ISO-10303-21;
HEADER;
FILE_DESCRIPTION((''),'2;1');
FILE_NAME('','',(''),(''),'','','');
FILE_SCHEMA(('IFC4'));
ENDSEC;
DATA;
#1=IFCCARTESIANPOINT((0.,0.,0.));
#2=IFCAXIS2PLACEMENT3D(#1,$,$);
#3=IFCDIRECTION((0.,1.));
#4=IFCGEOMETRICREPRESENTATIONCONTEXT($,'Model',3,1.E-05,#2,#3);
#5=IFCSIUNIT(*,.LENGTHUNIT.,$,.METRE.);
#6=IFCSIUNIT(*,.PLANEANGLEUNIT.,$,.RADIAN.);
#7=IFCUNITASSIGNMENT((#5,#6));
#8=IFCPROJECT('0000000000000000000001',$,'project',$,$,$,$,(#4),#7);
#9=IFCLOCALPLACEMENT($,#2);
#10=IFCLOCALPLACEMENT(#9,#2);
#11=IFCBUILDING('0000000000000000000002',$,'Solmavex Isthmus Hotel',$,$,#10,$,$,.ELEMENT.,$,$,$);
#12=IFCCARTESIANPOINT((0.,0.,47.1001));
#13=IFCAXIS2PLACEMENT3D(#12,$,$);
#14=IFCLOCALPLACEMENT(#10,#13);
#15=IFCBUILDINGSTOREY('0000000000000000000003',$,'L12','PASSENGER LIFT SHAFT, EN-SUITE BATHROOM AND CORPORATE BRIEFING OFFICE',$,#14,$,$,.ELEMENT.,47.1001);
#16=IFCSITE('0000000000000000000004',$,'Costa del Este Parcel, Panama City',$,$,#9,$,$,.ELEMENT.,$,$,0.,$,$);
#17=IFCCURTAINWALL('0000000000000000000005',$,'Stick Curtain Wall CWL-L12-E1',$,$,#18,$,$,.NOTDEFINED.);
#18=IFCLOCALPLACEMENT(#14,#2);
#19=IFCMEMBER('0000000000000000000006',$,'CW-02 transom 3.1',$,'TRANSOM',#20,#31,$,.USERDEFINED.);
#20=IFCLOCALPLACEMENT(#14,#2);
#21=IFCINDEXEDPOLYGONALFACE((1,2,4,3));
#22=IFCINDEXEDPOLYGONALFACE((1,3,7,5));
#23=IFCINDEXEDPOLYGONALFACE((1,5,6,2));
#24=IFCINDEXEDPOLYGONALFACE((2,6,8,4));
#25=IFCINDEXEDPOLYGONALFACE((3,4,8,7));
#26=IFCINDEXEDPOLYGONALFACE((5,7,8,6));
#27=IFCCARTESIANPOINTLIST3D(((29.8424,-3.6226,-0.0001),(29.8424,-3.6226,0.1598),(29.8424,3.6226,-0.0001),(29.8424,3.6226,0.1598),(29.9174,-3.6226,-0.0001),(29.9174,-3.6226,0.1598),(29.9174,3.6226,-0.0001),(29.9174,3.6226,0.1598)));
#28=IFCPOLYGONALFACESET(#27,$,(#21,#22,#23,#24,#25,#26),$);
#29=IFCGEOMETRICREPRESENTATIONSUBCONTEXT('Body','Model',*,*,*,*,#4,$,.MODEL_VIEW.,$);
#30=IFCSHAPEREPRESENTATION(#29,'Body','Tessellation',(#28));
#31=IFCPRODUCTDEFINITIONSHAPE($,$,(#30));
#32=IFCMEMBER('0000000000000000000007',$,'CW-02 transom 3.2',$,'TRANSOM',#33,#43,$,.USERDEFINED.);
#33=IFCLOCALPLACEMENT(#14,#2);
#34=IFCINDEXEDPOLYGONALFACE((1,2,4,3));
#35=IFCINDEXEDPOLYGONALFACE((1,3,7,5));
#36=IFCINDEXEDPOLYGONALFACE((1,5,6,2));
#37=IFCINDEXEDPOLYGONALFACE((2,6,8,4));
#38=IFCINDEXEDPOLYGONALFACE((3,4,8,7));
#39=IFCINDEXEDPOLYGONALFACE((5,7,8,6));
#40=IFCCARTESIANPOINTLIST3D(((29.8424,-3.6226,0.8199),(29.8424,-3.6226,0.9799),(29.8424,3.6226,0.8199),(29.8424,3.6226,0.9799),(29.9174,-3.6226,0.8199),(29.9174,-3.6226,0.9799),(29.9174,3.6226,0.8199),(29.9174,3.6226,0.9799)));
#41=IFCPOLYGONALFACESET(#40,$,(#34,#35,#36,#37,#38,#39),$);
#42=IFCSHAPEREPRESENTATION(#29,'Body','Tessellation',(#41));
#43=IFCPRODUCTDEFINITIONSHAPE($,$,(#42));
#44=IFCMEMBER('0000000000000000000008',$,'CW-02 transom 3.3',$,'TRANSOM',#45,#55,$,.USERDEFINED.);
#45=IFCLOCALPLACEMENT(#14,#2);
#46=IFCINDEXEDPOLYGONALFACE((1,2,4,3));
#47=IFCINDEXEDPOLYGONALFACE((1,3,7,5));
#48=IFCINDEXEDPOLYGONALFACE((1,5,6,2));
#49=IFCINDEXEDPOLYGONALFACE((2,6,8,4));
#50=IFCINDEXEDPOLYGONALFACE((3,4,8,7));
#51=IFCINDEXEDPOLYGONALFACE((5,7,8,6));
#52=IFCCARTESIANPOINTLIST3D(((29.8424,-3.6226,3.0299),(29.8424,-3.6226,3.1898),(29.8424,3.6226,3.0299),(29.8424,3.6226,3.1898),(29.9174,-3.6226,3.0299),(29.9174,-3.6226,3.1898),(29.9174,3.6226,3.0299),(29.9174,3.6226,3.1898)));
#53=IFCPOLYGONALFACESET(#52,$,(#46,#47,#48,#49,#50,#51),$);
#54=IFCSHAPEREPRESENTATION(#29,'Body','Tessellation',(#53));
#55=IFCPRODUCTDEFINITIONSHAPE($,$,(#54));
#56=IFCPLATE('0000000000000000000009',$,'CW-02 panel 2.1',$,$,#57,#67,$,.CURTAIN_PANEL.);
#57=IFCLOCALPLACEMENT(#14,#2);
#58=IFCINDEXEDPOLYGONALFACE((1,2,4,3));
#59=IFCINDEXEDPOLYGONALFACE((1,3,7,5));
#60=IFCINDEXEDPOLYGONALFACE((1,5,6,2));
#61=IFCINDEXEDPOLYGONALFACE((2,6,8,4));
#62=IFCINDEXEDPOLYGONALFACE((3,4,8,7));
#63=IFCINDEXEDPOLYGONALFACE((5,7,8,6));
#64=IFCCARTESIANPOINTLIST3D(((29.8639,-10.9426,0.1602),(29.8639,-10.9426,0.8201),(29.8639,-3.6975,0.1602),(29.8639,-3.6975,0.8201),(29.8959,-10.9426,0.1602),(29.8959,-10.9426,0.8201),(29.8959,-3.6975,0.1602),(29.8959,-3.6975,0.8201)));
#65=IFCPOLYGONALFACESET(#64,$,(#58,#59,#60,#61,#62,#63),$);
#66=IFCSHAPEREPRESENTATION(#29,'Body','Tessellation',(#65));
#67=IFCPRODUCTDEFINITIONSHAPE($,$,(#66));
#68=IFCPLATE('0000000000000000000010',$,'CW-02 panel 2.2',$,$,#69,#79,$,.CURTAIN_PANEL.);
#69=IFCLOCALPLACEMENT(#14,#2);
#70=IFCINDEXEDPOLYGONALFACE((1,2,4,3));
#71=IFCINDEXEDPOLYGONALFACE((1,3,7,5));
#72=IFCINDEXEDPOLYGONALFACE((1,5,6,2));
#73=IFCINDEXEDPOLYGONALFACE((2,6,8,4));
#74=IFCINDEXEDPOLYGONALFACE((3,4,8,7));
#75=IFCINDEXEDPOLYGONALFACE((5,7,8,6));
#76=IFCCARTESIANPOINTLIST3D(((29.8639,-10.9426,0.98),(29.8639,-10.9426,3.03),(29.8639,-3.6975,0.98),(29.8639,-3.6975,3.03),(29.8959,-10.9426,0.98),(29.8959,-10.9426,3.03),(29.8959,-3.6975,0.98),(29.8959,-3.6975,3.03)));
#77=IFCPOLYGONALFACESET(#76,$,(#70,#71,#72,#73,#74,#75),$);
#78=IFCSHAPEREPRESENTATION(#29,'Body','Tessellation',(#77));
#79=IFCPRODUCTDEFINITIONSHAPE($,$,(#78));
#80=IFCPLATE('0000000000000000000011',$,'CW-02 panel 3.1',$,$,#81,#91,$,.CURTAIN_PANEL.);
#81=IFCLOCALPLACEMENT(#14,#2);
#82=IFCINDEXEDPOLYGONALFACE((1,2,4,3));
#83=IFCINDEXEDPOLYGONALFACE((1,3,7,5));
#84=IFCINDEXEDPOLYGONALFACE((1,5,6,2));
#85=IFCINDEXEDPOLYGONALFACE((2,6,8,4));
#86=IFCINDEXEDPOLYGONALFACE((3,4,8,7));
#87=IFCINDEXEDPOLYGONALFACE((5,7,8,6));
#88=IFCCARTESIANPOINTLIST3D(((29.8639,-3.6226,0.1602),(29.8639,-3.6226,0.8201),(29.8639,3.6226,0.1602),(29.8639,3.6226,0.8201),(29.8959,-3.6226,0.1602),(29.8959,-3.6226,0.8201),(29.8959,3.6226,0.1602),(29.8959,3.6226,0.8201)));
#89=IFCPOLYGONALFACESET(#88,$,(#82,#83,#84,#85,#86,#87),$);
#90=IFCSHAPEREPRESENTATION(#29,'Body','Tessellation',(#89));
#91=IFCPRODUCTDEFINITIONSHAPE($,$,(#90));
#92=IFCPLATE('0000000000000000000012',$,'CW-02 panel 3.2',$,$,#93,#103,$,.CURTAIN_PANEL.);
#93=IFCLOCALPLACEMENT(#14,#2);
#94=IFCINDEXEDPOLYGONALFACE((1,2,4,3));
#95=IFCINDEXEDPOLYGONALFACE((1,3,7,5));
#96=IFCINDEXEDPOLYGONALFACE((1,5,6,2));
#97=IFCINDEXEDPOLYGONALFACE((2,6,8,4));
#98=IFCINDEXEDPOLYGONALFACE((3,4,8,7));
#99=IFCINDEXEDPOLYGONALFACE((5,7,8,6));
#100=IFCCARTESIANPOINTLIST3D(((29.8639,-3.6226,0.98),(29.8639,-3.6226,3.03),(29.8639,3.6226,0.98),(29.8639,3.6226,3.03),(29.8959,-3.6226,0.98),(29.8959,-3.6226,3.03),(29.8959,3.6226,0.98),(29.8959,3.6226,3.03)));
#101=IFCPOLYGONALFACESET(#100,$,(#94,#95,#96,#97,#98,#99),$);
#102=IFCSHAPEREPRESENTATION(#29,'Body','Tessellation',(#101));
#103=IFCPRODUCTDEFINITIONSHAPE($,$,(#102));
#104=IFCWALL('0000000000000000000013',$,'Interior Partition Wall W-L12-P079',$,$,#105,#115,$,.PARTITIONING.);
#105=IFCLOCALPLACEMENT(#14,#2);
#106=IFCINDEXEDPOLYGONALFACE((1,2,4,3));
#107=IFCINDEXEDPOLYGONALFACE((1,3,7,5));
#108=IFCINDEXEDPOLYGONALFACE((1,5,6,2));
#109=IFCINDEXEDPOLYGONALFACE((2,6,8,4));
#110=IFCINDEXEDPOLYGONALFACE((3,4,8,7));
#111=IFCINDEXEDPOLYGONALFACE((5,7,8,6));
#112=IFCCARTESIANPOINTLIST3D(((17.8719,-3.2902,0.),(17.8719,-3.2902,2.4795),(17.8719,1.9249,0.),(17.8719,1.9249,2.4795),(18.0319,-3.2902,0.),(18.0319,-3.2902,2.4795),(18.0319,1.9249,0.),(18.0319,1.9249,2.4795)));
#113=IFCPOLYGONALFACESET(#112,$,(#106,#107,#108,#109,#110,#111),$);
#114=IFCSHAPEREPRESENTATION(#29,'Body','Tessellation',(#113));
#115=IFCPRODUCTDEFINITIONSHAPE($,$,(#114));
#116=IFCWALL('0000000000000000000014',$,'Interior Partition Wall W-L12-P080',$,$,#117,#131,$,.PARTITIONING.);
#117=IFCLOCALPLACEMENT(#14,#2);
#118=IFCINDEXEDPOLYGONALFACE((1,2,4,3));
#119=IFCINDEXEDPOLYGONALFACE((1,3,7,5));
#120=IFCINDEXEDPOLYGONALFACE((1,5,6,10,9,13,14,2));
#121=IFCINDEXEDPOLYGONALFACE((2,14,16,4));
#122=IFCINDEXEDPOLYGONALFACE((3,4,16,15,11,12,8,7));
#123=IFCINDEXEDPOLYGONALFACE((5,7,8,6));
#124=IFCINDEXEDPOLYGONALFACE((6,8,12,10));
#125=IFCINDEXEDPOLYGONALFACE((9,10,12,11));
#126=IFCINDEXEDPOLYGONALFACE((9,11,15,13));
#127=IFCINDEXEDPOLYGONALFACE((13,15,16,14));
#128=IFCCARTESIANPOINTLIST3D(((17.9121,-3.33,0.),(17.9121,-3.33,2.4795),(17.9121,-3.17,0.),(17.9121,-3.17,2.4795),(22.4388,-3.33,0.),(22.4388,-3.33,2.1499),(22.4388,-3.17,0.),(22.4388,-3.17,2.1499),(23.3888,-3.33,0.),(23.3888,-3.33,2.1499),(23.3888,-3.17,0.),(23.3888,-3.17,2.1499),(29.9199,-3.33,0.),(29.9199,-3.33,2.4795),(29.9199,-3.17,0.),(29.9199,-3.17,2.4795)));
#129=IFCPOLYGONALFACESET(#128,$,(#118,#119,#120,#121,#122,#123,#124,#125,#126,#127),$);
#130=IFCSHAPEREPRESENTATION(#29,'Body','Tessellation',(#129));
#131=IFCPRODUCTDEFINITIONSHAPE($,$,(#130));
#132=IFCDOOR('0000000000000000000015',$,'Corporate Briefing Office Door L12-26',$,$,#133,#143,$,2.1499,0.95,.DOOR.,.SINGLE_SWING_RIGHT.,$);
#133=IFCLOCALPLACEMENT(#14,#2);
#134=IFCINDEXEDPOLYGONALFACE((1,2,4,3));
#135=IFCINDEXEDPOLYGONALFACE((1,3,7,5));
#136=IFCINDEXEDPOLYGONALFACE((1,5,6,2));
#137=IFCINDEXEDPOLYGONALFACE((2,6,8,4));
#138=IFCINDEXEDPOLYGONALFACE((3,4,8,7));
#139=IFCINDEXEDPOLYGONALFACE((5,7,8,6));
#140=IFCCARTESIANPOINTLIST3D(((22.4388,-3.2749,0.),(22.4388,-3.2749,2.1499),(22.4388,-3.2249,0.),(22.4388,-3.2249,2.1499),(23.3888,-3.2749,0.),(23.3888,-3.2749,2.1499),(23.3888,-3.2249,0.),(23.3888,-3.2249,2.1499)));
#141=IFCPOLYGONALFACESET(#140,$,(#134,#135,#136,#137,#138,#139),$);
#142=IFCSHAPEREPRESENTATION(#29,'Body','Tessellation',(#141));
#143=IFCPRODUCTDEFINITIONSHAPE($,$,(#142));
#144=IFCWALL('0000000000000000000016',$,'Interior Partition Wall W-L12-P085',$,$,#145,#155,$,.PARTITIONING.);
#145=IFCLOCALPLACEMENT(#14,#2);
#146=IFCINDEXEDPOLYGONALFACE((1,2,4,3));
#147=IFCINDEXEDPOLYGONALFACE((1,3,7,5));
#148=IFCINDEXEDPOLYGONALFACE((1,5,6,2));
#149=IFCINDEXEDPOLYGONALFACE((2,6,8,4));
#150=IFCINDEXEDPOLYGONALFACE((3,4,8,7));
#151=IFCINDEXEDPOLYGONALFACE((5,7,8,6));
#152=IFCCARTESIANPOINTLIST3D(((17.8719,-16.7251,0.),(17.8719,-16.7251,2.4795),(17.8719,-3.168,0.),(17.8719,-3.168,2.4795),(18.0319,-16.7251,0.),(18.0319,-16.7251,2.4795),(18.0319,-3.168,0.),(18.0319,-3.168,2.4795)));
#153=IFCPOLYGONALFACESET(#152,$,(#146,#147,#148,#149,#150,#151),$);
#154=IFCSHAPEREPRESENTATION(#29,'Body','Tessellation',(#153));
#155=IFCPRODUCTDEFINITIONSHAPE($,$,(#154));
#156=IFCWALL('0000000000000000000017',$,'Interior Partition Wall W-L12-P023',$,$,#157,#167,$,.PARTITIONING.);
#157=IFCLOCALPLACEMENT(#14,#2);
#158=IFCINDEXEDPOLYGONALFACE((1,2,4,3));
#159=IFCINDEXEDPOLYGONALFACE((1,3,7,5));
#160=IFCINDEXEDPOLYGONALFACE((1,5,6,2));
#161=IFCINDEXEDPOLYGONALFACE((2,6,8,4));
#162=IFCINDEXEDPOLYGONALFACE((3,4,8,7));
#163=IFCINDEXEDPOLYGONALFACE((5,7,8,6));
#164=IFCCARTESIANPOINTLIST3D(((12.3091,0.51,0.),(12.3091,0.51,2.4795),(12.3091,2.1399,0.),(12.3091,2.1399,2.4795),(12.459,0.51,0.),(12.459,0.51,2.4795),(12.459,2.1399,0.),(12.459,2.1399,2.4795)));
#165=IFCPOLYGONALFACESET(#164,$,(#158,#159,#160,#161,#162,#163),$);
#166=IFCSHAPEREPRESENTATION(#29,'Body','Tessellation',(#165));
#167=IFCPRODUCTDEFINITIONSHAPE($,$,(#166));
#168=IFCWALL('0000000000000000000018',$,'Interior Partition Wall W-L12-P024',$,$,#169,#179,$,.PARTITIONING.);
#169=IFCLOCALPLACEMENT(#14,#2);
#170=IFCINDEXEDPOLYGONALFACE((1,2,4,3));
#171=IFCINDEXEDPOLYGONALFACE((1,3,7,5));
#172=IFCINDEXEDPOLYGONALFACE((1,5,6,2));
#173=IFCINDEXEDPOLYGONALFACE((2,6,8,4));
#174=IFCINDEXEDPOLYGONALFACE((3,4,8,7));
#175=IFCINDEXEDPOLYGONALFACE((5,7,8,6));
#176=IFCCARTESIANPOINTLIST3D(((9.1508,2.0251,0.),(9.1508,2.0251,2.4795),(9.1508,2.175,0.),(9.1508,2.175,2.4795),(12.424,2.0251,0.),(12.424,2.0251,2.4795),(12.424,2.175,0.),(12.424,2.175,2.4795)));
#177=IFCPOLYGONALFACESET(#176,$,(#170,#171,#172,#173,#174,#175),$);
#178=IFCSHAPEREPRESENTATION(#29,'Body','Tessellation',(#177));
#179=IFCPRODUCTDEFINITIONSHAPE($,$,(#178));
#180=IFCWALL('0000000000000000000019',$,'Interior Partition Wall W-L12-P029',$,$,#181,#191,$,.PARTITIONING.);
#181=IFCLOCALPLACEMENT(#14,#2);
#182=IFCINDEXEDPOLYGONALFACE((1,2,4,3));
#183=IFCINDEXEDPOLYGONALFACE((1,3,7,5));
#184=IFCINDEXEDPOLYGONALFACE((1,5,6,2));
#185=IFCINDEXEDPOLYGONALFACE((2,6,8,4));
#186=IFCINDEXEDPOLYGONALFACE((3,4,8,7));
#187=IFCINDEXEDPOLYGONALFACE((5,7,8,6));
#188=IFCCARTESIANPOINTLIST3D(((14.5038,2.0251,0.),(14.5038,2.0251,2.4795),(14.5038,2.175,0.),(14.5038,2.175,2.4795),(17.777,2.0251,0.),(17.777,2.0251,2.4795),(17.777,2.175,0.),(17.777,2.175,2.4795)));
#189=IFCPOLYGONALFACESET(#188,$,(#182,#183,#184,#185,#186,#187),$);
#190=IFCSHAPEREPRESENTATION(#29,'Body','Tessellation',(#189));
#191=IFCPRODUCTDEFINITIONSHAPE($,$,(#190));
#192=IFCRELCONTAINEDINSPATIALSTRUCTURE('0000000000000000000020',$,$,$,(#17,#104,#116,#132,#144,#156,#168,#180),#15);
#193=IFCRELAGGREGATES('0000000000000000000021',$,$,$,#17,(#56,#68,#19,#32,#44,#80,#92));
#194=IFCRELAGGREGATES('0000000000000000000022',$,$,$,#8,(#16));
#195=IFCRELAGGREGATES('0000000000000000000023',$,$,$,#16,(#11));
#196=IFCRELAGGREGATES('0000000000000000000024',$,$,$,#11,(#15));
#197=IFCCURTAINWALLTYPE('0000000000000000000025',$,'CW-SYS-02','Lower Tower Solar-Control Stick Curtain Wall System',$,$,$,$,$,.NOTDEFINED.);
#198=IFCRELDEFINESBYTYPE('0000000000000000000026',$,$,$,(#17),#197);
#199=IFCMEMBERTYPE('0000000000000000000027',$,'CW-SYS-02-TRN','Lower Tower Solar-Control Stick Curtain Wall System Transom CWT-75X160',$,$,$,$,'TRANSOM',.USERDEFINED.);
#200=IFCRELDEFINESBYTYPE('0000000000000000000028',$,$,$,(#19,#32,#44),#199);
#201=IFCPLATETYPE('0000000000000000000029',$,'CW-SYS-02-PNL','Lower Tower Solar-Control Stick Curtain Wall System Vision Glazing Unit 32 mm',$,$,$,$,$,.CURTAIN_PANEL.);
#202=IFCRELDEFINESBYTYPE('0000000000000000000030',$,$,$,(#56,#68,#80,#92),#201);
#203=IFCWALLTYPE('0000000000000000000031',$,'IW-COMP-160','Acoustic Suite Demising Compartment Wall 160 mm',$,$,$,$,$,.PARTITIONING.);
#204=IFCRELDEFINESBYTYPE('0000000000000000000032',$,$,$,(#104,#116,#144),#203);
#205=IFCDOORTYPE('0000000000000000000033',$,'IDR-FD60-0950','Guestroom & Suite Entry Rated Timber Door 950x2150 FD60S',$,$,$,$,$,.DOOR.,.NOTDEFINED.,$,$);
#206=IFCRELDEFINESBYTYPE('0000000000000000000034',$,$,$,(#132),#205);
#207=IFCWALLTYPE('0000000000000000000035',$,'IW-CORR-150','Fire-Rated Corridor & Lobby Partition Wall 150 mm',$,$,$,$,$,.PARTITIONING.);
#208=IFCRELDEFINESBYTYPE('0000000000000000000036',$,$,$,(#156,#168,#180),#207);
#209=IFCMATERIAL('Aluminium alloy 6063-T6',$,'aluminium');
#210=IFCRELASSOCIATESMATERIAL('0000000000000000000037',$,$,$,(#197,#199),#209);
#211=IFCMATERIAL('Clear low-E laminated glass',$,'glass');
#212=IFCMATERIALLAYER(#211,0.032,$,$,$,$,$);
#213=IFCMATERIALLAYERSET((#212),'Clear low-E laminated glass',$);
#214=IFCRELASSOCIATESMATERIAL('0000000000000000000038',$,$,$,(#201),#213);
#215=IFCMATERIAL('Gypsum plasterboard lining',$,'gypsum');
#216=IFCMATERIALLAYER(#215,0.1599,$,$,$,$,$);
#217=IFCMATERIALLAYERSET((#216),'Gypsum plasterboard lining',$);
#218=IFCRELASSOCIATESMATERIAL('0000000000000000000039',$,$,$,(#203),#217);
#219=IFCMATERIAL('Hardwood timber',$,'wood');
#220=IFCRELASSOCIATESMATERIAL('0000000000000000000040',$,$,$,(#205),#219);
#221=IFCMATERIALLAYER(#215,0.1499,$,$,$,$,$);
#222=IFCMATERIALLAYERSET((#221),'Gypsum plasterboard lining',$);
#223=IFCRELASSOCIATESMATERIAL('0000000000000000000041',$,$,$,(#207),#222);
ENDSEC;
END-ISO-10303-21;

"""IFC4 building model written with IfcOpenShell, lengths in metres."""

from ifc_helpers import new_model, si_unit, direction, frame, frame_2d, origin, origin_2d, place, context, subcontext, project, spatial, rectangle, extrude, material, layer, layer_set, material_profile, profile_set, type_object, element, fill, aggregate, save


model = new_model("IFC4")

# Units and contexts
model_context = context("Model", 3, precision=1e-05, world=origin(), true_north=direction((0.0, 1.0)))
body_context = subcontext(model_context, "Body", "Model", "MODEL_VIEW")
ifc_project = project(units=[si_unit("LENGTHUNIT", "METRE"), si_unit("PLANEANGLEUNIT", "RADIAN")], contexts=[model_context])

# Site, building, storey
site_placement = place(None, origin())
site = spatial("IfcSite", under=ifc_project, at=site_placement, Name="Costa del Este Parcel, Panama City", CompositionType="ELEMENT", RefElevation=0.0)
building_placement = place(site_placement, origin())
building = spatial("IfcBuilding", under=site, at=building_placement, Name="Solmavex Isthmus Hotel", CompositionType="ELEMENT")
storey_placement = place(building_placement, frame((0.0, 0.0, 47.1001)))
storey = spatial("IfcBuildingStorey", under=building, at=storey_placement, Name="L12", Description="PASSENGER LIFT SHAFT, EN-SUITE BATHROOM AND CORPORATE BRIEFING OFFICE", CompositionType="ELEMENT", Elevation=47.1001)

# Curtain wall, members, plates
ifc_material_1 = material(Name="Aluminium alloy 6063-T6", Category="aluminium")
curtain_wall_type = type_object("IfcCurtainWallType", Name="CW-SYS-02", Description="Lower Tower Solar-Control Stick Curtain Wall System", PredefinedType="NOTDEFINED", material=ifc_material_1)
curtain_wall_placement = place(storey_placement, origin())
curtain_wall = element("IfcCurtainWall", 1, at=curtain_wall_placement, inside=storey, type_object=curtain_wall_type, Name="Stick Curtain Wall CWL-L12-E1", PredefinedType="NOTDEFINED")
ifc_material_profile_1 = material_profile(ifc_material_1, rectangle(XDim=0.075, YDim=0.1599, at=origin_2d()), Name="CWT-75X160")
ifc_profile_set_1 = profile_set([ifc_material_profile_1], Name="Aluminium alloy 6063-T6")
member_type_1 = type_object("IfcMemberType", Name="CW-SYS-02-TRN", Description="Lower Tower Solar-Control Stick Curtain Wall System Transom CWT-75X160", ElementType="TRANSOM", PredefinedType="USERDEFINED", material=ifc_profile_set_1)
member_1_placement = place(storey_placement, frame((29.8799, -3.6226, 0.0798), z_axis=(0.0, 1.0, 0.0), x_axis=(-1.0, 0.0, 0.0)))
member_1 = element("IfcMember", 2, at=member_1_placement, type_object=member_type_1, Name="CW-02 transom 3.1", ObjectType="TRANSOM", PredefinedType="USERDEFINED", context=body_context, shape_type="SweptSolid", body=[
    extrude(rectangle(XDim=0.075, YDim=0.1599, at=origin_2d()), origin(), (0.0, 0.0, 1.0), 7.2451),
])
member_2_placement = place(storey_placement, frame((29.8799, -3.6226, 0.8999), z_axis=(0.0, 1.0, 0.0), x_axis=(-1.0, 0.0, 0.0)))
member_2 = element("IfcMember", 3, at=member_2_placement, type_object=member_type_1, Name="CW-02 transom 3.2", ObjectType="TRANSOM", PredefinedType="USERDEFINED", context=body_context, shape_type="SweptSolid", body=[
    extrude(rectangle(XDim=0.075, YDim=0.1599, at=origin_2d()), origin(), (0.0, 0.0, 1.0), 7.2451),
])
member_3_placement = place(storey_placement, frame((29.8799, -3.6226, 3.1099), z_axis=(0.0, 1.0, 0.0), x_axis=(-1.0, 0.0, 0.0)))
member_3 = element("IfcMember", 4, at=member_3_placement, type_object=member_type_1, Name="CW-02 transom 3.3", ObjectType="TRANSOM", PredefinedType="USERDEFINED", context=body_context, shape_type="SweptSolid", body=[
    extrude(rectangle(XDim=0.075, YDim=0.1599, at=origin_2d()), origin(), (0.0, 0.0, 1.0), 7.2451),
])
ifc_material_2 = material(Name="Clear low-E laminated glass", Category="glass")
ifc_layer_1 = layer(ifc_material_2, 0.032)
ifc_layer_set_1 = layer_set([ifc_layer_1], Name="Clear low-E laminated glass")
plate_type = type_object("IfcPlateType", Name="CW-SYS-02-PNL", Description="Lower Tower Solar-Control Stick Curtain Wall System Vision Glazing Unit 32 mm", PredefinedType="CURTAIN_PANEL", material=ifc_layer_set_1)
plate_1_placement = place(storey_placement, frame((29.8799, -7.3201, 0.1602), z_axis=(0.0, 0.0, 1.0), x_axis=(0.0, 1.0, 0.0)))
plate_1 = element("IfcPlate", 5, at=plate_1_placement, type_object=plate_type, Name="CW-02 panel 2.1", PredefinedType="CURTAIN_PANEL", context=body_context, shape_type="SweptSolid", body=[
    extrude(rectangle(XDim=7.2451, YDim=0.032, at=origin_2d()), origin(), (0.0, 0.0, 1.0), 0.6599),
])
plate_2_placement = place(storey_placement, frame((29.8799, -7.3201, 0.98), z_axis=(0.0, 0.0, 1.0), x_axis=(0.0, 1.0, 0.0)))
plate_2 = element("IfcPlate", 6, at=plate_2_placement, type_object=plate_type, Name="CW-02 panel 2.2", PredefinedType="CURTAIN_PANEL", context=body_context, shape_type="SweptSolid", body=[
    extrude(rectangle(XDim=7.2451, YDim=0.032, at=origin_2d()), origin(), (0.0, 0.0, 1.0), 2.05),
])
plate_3_placement = place(storey_placement, frame((29.8799, 0.0, 0.1602), z_axis=(0.0, 0.0, 1.0), x_axis=(0.0, 1.0, 0.0)))
plate_3 = element("IfcPlate", 7, at=plate_3_placement, type_object=plate_type, Name="CW-02 panel 3.1", PredefinedType="CURTAIN_PANEL", context=body_context, shape_type="SweptSolid", body=[
    extrude(rectangle(XDim=7.2451, YDim=0.032, at=origin_2d()), origin(), (0.0, 0.0, 1.0), 0.6599),
])
plate_4_placement = place(storey_placement, frame((29.8799, 0.0, 0.98), z_axis=(0.0, 0.0, 1.0), x_axis=(0.0, 1.0, 0.0)))
plate_4 = element("IfcPlate", 8, at=plate_4_placement, type_object=plate_type, Name="CW-02 panel 3.2", PredefinedType="CURTAIN_PANEL", context=body_context, shape_type="SweptSolid", body=[
    extrude(rectangle(XDim=7.2451, YDim=0.032, at=origin_2d()), origin(), (0.0, 0.0, 1.0), 2.05),
])
aggregate(curtain_wall, [plate_1, plate_2, member_1, member_2, member_3, plate_3, plate_4])

# Wall
ifc_material_3 = material(Name="Gypsum plasterboard lining", Category="gypsum")
ifc_layer_2 = layer(ifc_material_3, 0.1599)
ifc_layer_set_2 = layer_set([ifc_layer_2], Name="Gypsum plasterboard lining")
wall_type_1 = type_object("IfcWallType", Name="IW-COMP-160", Description="Acoustic Suite Demising Compartment Wall 160 mm", PredefinedType="PARTITIONING", material=ifc_layer_set_2)
wall_1_placement = place(storey_placement, frame((17.9519, -3.29, 0.0), z_axis=(0.0, 0.0, 1.0), x_axis=(0.0, 1.0, 0.0)))
element("IfcWall", 9, at=wall_1_placement, inside=storey, type_object=wall_type_1, Name="Interior Partition Wall W-L12-P079", PredefinedType="PARTITIONING", context=body_context, shape_type="SweptSolid", body=[
    extrude(rectangle(XDim=5.2151, YDim=0.1599, at=frame_2d((2.6074, 0.0))), origin(), (0.0, 0.0, 1.0), 2.4795),
])

# Wall, opening, door
wall_2_placement = place(storey_placement, frame((29.9199, -3.25, 0.0), z_axis=(0.0, 0.0, 1.0), x_axis=(-1.0, 0.0, 0.0)))
wall_2 = element("IfcWall", 10, at=wall_2_placement, inside=storey, type_object=wall_type_1, Name="Interior Partition Wall W-L12-P080", PredefinedType="PARTITIONING", context=body_context, shape_type="SweptSolid", body=[
    extrude(rectangle(XDim=12.0078, YDim=0.1599, at=frame_2d((6.0039, 0.0))), origin(), (0.0, 0.0, 1.0), 2.4795),
])
opening_1_placement = place(wall_2_placement, frame((6.531, 0.0, 0.0)))
opening_1 = element("IfcOpeningElement", 11, at=opening_1_placement, cuts=wall_2, PredefinedType="OPENING", context=body_context, shape_type="SweptSolid", body=[
    extrude(rectangle(XDim=0.95, YDim=2.1499, at=frame_2d((0.4751, 1.075))), frame((0.0, 0.0898, 0.0), z_axis=(0.0, -1.0, 0.0), x_axis=(1.0, 0.0, 0.0)), (0.0, 0.0, 1.0), 0.1799),
])
ifc_material_4 = material(Name="Hardwood timber", Category="wood")
door_type_1 = type_object("IfcDoorType", Name="IDR-FD60-0950", Description="Guestroom & Suite Entry Rated Timber Door 950x2150 FD60S", OperationType="NOTDEFINED", PredefinedType="DOOR", material=ifc_material_4)
door_1_placement = place(opening_1_placement, origin())
door_1 = element("IfcDoor", 12, at=door_1_placement, inside=storey, type_object=door_type_1, Name="Corporate Briefing Office Door L12-26", OperationType="SINGLE_SWING_RIGHT", OverallHeight=2.1499, OverallWidth=0.95, PredefinedType="DOOR", context=body_context, shape_type="SweptSolid", body=[
    extrude(rectangle(XDim=0.95, YDim=2.1499, at=frame_2d((0.4751, 1.075))), frame((0.0, 0.0249, 0.0), z_axis=(0.0, -1.0, 0.0), x_axis=(1.0, 0.0, 0.0)), (0.0, 0.0, 1.0), 0.05),
])
fill(opening_1, door_1)

# Walls
wall_3_placement = place(storey_placement, frame((17.9519, -3.168, 0.0), z_axis=(0.0, 0.0, 1.0), x_axis=(0.0, -1.0, 0.0)))
element("IfcWall", 13, at=wall_3_placement, inside=storey, type_object=wall_type_1, Name="Interior Partition Wall W-L12-P085", PredefinedType="PARTITIONING", context=body_context, shape_type="SweptSolid", body=[
    extrude(rectangle(XDim=13.5571, YDim=0.1599, at=frame_2d((6.7786, 0.0))), origin(), (0.0, 0.0, 1.0), 2.4795),
])
ifc_layer_3 = layer(ifc_material_3, 0.1499)
ifc_layer_set_3 = layer_set([ifc_layer_3], Name="Gypsum plasterboard lining")
wall_type_2 = type_object("IfcWallType", Name="IW-CORR-150", Description="Fire-Rated Corridor & Lobby Partition Wall 150 mm", PredefinedType="PARTITIONING", material=ifc_layer_set_3)
wall_4_placement = place(storey_placement, frame((12.384, 0.51, 0.0), z_axis=(0.0, 0.0, 1.0), x_axis=(0.0, 1.0, 0.0)))
element("IfcWall", 14, at=wall_4_placement, inside=storey, type_object=wall_type_2, Name="Interior Partition Wall W-L12-P023", PredefinedType="PARTITIONING", context=body_context, shape_type="SweptSolid", body=[
    extrude(rectangle(XDim=1.6299, YDim=0.1499, at=frame_2d((0.8149, 0.0))), origin(), (0.0, 0.0, 1.0), 2.4795),
])
for number, where, z_axis, x_axis, name in (
    (15, (12.4241, 2.1001, 0.0), (0.0, 0.0, 1.0), (-1.0, 0.0, 0.0), "Interior Partition Wall W-L12-P024"),
    (16, (17.7771, 2.1001, 0.0), (0.0, 0.0, 1.0), (-1.0, 0.0, 0.0), "Interior Partition Wall W-L12-P029"),
):
    element("IfcWall", number, at=place(storey_placement, frame(where, z_axis=z_axis, x_axis=x_axis)), inside=storey, type_object=wall_type_2, Name=name, PredefinedType="PARTITIONING", context=body_context, shape_type="SweptSolid", body=[
        extrude(rectangle(XDim=3.2732, YDim=0.1499, at=frame_2d((1.6367, 0.0))), origin(), (0.0, 0.0, 1.0), 2.4795),
    ])

save(model, "model.ifc")
